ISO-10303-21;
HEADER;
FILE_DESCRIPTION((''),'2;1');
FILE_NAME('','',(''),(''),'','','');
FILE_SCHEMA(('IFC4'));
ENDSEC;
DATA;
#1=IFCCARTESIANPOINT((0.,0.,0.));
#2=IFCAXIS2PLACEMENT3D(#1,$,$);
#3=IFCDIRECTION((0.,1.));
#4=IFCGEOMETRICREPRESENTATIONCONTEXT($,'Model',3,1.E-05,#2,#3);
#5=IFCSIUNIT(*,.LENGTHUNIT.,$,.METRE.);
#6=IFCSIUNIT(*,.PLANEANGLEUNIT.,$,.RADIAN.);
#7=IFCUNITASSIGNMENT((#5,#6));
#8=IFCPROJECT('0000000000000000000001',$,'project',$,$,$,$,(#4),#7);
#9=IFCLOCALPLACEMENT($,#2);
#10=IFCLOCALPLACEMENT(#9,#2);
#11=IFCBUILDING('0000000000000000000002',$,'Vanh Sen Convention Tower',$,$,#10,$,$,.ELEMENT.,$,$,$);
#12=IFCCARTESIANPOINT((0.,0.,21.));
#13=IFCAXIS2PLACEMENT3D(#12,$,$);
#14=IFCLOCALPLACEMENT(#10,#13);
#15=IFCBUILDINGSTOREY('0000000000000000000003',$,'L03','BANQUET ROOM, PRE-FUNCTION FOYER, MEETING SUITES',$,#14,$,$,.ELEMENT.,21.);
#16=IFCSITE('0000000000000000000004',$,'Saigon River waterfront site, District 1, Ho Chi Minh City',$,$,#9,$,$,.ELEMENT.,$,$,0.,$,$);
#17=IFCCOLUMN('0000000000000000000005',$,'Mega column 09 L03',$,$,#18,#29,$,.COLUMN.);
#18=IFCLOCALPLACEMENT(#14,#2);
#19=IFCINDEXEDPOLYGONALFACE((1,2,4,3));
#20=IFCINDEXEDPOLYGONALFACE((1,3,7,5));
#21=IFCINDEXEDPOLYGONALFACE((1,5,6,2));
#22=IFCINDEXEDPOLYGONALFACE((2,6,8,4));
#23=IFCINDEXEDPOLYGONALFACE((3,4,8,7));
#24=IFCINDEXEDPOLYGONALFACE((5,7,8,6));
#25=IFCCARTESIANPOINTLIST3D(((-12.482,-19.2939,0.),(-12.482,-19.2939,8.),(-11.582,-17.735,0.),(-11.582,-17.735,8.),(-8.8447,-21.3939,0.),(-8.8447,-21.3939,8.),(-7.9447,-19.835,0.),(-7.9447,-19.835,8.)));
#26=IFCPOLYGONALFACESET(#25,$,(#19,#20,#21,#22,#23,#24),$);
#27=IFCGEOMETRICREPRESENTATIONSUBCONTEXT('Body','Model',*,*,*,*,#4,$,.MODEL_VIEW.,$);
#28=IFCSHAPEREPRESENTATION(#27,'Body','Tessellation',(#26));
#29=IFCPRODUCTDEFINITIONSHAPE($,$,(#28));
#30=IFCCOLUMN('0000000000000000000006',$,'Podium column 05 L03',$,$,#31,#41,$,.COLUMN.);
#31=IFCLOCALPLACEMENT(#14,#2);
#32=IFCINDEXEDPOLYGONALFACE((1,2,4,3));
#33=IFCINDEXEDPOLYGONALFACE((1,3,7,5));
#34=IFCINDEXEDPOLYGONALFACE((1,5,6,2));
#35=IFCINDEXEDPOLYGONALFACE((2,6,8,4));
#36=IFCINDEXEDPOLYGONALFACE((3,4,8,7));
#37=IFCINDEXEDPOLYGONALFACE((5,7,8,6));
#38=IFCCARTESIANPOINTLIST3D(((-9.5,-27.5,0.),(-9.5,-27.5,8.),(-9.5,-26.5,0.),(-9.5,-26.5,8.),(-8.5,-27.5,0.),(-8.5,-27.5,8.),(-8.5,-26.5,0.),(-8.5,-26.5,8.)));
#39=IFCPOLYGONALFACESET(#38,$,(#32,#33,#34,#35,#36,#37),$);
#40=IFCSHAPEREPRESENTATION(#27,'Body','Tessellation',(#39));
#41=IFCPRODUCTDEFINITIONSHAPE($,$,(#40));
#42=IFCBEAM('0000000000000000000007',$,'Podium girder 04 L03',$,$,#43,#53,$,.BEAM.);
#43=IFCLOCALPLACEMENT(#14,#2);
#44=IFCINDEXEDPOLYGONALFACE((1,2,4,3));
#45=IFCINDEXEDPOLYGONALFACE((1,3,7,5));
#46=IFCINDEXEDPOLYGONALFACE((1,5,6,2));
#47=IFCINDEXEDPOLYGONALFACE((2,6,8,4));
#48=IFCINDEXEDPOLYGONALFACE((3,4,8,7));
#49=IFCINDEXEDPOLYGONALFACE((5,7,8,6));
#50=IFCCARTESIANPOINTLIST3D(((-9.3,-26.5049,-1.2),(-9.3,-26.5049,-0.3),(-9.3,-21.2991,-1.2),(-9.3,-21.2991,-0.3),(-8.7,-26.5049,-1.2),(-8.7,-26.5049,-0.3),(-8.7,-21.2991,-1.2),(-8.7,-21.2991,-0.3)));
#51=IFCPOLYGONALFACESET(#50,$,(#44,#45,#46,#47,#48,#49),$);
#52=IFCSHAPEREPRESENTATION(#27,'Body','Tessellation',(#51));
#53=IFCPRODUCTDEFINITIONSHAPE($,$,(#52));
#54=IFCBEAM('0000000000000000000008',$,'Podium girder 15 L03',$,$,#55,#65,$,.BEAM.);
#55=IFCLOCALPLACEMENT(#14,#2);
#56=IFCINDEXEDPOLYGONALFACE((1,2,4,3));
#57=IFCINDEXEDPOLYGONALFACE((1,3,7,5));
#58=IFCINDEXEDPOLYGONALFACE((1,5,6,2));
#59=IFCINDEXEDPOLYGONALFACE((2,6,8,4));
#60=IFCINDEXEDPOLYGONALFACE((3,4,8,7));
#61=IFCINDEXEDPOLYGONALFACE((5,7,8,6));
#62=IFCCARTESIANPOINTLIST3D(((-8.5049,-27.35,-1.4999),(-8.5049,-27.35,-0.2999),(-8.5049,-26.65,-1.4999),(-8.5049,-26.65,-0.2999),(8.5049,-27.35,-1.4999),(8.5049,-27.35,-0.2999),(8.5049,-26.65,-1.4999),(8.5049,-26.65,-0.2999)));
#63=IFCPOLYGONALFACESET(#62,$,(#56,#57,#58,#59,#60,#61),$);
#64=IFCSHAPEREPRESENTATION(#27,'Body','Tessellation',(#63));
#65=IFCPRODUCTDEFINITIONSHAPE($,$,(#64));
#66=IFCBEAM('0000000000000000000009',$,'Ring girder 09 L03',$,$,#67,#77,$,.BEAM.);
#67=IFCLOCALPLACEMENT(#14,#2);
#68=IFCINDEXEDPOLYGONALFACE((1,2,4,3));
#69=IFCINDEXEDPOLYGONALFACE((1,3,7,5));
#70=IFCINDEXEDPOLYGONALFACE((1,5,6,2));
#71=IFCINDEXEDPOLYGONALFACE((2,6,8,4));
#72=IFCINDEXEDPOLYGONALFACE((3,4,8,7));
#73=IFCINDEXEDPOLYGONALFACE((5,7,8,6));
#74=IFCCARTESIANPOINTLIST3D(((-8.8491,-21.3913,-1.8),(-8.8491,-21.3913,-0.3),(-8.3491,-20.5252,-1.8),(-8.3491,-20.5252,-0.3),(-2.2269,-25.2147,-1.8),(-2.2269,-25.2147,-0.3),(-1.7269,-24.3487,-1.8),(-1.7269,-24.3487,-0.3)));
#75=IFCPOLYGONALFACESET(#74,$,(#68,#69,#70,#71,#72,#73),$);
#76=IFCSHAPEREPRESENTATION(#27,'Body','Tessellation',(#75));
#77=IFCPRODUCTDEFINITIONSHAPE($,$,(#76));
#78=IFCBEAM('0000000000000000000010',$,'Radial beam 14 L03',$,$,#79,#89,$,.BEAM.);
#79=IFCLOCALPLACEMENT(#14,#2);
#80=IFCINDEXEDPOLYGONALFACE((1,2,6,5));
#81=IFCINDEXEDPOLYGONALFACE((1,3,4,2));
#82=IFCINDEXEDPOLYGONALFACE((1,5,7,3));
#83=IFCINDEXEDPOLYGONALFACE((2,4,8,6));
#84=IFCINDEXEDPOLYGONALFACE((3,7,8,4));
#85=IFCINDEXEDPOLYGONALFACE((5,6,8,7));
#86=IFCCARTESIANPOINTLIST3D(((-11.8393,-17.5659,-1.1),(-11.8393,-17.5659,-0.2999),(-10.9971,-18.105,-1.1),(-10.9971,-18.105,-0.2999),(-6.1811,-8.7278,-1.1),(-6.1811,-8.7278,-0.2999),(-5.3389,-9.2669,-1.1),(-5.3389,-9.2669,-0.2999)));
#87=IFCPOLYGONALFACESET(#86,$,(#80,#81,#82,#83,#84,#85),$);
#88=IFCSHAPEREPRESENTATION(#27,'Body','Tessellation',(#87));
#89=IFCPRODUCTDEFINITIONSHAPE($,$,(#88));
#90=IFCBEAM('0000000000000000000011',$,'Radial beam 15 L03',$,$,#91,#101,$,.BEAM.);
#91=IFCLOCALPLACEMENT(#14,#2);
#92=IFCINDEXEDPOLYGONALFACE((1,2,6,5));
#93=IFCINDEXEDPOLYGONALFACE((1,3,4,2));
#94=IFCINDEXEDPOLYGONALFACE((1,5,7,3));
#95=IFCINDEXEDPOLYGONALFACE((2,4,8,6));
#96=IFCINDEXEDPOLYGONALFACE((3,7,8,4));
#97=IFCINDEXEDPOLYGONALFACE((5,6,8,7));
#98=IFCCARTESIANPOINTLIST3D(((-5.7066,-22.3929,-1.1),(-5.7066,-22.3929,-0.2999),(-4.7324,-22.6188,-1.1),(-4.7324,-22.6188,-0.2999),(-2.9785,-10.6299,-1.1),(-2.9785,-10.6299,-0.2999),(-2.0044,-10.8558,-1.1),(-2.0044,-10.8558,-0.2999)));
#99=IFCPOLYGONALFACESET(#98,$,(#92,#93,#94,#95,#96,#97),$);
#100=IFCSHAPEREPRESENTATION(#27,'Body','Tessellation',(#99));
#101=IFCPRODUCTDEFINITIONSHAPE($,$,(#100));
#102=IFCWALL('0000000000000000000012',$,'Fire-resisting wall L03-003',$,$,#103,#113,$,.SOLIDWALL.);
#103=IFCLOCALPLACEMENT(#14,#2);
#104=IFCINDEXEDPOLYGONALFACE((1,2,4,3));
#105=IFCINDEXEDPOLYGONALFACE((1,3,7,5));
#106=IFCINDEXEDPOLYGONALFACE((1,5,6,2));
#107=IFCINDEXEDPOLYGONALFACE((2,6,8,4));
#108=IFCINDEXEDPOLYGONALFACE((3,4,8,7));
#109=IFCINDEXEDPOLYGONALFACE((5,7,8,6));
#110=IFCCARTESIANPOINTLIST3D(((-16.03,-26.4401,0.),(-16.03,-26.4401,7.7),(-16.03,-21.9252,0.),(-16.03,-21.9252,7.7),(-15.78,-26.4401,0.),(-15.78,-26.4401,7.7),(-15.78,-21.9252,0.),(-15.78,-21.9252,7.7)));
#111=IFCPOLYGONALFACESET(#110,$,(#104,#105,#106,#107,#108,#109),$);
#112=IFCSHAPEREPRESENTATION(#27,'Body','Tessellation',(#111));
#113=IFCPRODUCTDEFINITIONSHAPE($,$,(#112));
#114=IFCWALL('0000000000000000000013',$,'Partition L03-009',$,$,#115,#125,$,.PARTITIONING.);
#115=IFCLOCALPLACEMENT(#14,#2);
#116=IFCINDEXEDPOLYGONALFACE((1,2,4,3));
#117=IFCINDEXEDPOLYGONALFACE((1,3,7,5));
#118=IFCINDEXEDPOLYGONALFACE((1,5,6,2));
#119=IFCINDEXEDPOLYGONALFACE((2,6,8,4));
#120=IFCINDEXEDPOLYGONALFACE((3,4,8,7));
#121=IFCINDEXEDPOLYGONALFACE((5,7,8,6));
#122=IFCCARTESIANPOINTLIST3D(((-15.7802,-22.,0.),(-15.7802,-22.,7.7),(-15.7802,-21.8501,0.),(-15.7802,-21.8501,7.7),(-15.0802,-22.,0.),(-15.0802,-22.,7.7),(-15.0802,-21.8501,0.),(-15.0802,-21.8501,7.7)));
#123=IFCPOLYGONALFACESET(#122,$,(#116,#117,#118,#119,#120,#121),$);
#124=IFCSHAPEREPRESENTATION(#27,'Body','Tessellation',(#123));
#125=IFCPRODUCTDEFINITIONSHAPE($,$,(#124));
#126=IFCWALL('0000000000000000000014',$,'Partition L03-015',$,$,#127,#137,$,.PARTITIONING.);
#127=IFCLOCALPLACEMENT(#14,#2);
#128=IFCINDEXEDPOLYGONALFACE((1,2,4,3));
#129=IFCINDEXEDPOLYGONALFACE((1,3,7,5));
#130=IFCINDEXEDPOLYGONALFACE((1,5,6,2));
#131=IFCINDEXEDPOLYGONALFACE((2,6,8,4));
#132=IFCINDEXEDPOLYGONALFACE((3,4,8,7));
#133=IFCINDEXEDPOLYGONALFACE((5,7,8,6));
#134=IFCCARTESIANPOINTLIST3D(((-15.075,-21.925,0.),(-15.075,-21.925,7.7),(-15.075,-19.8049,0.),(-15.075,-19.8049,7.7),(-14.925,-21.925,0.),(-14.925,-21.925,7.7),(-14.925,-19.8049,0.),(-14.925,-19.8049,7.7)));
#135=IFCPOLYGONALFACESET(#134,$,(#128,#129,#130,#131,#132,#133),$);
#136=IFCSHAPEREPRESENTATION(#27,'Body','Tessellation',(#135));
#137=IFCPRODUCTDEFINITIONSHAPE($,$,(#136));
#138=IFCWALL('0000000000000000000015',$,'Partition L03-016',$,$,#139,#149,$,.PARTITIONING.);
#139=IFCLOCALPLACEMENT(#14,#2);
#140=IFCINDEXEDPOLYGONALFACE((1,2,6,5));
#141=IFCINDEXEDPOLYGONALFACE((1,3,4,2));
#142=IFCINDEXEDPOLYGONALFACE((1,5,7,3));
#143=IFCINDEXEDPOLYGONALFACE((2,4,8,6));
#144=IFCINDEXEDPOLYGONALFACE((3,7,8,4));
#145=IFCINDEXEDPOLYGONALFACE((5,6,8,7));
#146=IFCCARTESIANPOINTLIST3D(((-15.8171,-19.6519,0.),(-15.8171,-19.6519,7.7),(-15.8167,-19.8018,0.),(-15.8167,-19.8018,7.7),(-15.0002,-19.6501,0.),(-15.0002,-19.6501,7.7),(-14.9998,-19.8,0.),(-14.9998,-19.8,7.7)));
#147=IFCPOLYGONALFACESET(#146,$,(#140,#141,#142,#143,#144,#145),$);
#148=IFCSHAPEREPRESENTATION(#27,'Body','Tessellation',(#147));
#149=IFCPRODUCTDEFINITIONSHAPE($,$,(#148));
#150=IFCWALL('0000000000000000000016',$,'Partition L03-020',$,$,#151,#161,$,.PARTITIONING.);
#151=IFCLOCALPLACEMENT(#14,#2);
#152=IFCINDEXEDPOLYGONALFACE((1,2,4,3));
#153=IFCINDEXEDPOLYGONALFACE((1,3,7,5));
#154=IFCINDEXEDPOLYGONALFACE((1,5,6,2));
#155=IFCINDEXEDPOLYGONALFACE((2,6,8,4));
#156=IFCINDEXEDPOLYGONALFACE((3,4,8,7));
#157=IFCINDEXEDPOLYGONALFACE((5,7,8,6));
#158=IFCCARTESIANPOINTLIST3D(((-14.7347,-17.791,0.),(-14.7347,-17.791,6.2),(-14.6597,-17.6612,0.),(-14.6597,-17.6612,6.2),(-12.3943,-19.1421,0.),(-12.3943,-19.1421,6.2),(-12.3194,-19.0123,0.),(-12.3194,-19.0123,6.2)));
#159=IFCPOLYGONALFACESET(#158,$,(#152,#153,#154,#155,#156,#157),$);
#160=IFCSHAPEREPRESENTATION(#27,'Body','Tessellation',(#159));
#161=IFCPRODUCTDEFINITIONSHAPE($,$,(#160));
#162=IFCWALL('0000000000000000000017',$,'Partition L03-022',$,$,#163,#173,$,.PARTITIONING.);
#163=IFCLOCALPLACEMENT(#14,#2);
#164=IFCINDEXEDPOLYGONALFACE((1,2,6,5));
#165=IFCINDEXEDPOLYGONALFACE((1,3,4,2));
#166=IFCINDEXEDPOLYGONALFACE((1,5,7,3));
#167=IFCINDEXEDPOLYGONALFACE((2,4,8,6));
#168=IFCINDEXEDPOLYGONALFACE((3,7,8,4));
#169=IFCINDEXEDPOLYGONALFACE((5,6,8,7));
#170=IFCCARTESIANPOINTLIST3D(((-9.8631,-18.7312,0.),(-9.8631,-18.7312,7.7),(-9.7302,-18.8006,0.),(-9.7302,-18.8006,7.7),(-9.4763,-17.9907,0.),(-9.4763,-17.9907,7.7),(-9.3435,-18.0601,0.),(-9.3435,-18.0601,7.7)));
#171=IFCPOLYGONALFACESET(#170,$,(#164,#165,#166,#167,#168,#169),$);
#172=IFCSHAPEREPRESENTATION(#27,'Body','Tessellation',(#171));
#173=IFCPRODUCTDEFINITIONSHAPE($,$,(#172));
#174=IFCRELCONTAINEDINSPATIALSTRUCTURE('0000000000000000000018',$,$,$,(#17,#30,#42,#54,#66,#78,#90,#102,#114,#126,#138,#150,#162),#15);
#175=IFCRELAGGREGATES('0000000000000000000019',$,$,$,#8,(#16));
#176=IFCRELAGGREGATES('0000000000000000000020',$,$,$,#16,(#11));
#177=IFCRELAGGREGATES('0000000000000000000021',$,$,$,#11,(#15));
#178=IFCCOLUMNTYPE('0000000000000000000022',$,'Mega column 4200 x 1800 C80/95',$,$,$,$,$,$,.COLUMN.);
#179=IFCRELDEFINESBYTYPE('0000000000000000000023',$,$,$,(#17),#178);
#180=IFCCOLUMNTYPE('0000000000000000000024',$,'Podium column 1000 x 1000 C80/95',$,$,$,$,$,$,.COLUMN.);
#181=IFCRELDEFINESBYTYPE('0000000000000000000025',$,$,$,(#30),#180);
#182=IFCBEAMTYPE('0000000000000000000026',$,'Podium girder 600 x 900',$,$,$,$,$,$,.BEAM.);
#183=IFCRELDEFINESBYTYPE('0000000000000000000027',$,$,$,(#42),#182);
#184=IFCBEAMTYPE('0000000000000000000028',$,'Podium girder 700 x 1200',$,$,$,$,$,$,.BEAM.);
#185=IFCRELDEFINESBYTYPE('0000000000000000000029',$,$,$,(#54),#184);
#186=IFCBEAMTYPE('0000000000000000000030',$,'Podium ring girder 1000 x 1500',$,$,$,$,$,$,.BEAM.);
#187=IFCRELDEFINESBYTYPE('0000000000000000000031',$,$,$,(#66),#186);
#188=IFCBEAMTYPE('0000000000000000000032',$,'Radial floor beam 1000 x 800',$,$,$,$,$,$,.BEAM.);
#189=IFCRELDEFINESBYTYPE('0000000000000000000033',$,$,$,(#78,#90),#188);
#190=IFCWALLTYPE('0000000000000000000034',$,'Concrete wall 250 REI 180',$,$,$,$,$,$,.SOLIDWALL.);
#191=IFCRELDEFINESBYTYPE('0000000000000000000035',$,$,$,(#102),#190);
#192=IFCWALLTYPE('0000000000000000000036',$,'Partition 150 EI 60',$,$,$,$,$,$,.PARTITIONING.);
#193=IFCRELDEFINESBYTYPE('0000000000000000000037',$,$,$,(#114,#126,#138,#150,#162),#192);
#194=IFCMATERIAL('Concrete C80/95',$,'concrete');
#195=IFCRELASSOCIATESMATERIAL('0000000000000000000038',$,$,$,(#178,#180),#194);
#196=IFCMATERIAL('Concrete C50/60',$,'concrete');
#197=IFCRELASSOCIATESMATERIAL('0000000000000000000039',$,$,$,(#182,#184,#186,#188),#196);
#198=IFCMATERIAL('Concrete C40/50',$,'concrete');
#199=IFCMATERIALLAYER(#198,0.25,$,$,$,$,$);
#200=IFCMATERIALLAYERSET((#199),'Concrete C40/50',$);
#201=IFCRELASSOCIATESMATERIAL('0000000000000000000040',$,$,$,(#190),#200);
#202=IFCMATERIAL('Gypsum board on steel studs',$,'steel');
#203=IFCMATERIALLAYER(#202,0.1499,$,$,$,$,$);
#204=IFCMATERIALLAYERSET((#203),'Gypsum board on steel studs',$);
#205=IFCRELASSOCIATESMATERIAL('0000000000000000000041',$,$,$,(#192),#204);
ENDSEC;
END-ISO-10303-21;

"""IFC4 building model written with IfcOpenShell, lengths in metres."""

from ifc_helpers import new_model, si_unit, direction, frame, frame_2d, origin, origin_2d, place, context, subcontext, project, spatial, rectangle, extrude, material, layer, layer_set, material_profile, profile_set, type_object, element, save


model = new_model("IFC4")

# Units and contexts
model_context = context("Model", 3, precision=1e-05, world=origin(), true_north=direction((0.0, 1.0)))
body_context = subcontext(model_context, "Body", "Model", "MODEL_VIEW")
ifc_project = project(units=[si_unit("LENGTHUNIT", "METRE"), si_unit("PLANEANGLEUNIT", "RADIAN")], contexts=[model_context])

# Site, building, storey
site_placement = place(None, origin())
site = spatial("IfcSite", under=ifc_project, at=site_placement, Name="Saigon River waterfront site, District 1, Ho Chi Minh City", CompositionType="ELEMENT", RefElevation=0.0)
building_placement = place(site_placement, origin())
building = spatial("IfcBuilding", under=site, at=building_placement, Name="Vanh Sen Convention Tower", CompositionType="ELEMENT")
storey_placement = place(building_placement, frame((0.0, 0.0, 21.0)))
storey = spatial("IfcBuildingStorey", under=building, at=storey_placement, Name="L03", Description="BANQUET ROOM, PRE-FUNCTION FOYER, MEETING SUITES", CompositionType="ELEMENT", Elevation=21.0)

# Columns
ifc_material_1 = material(Name="Concrete C80/95", Category="concrete")
ifc_material_profile_1 = material_profile(ifc_material_1, rectangle(XDim=4.2, YDim=1.8, at=origin_2d()), Name="RC 4200X1800")
ifc_profile_set_1 = profile_set([ifc_material_profile_1], Name="Concrete C80/95")
column_type_1 = type_object("IfcColumnType", Name="Mega column 4200 x 1800 C80/95", PredefinedType="COLUMN", material=ifc_profile_set_1)
column_1_placement = place(storey_placement, frame((-10.2134, -19.5645, 0.0), z_axis=(0.0, 0.0, 1.0), x_axis=(0.866028, -0.499995, 0.0)))
element("IfcColumn", 1, at=column_1_placement, inside=storey, type_object=column_type_1, Name="Mega column 09 L03", PredefinedType="COLUMN", context=body_context, shape_type="SweptSolid", body=[
    extrude(rectangle(XDim=4.2, YDim=1.8, at=origin_2d()), origin(), (0.0, 0.0, 1.0), 8.0),
])
ifc_material_profile_2 = material_profile(ifc_material_1, rectangle(XDim=1.0, YDim=1.0, at=origin_2d()), Name="RC 1000X1000")
ifc_profile_set_2 = profile_set([ifc_material_profile_2], Name="Concrete C80/95")
column_type_2 = type_object("IfcColumnType", Name="Podium column 1000 x 1000 C80/95", PredefinedType="COLUMN", material=ifc_profile_set_2)
column_2_placement = place(storey_placement, frame((-9.0, -27.0, 0.0), z_axis=(0.0, 0.0, 1.0), x_axis=(1.0, 0.0, 0.0)))
element("IfcColumn", 2, at=column_2_placement, inside=storey, type_object=column_type_2, Name="Podium column 05 L03", PredefinedType="COLUMN", context=body_context, shape_type="SweptSolid", body=[
    extrude(rectangle(XDim=1.0, YDim=1.0, at=origin_2d()), origin(), (0.0, 0.0, 1.0), 8.0),
])

# Beams
ifc_material_2 = material(Name="Concrete C50/60", Category="concrete")
ifc_material_profile_3 = material_profile(ifc_material_2, rectangle(XDim=0.6001, YDim=0.8999, at=origin_2d()), Name="RC 600X900")
ifc_profile_set_3 = profile_set([ifc_material_profile_3], Name="Concrete C50/60")
beam_type_1 = type_object("IfcBeamType", Name="Podium girder 600 x 900", PredefinedType="BEAM", material=ifc_profile_set_3)
beam_1_placement = place(storey_placement, frame((-9.0, -26.5049, -0.75), z_axis=(0.0, 1.0, 0.0), x_axis=(-1.0, 0.0, 0.0)))
element("IfcBeam", 3, at=beam_1_placement, inside=storey, type_object=beam_type_1, Name="Podium girder 04 L03", PredefinedType="BEAM", context=body_context, shape_type="SweptSolid", body=[
    extrude(rectangle(XDim=0.6001, YDim=0.8999, at=origin_2d()), origin(), (0.0, 0.0, 1.0), 5.2058),
])
ifc_material_profile_4 = material_profile(ifc_material_2, rectangle(XDim=0.7, YDim=1.2, at=origin_2d()), Name="RC 700X1200")
ifc_profile_set_4 = profile_set([ifc_material_profile_4], Name="Concrete C50/60")
beam_type_2 = type_object("IfcBeamType", Name="Podium girder 700 x 1200", PredefinedType="BEAM", material=ifc_profile_set_4)
beam_2_placement = place(storey_placement, frame((-8.5049, -27.0, -0.8999), z_axis=(1.0, 0.0, 0.0), x_axis=(0.0, 1.0, 0.0)))
element("IfcBeam", 4, at=beam_2_placement, inside=storey, type_object=beam_type_2, Name="Podium girder 15 L03", PredefinedType="BEAM", context=body_context, shape_type="SweptSolid", body=[
    extrude(rectangle(XDim=0.7, YDim=1.2, at=origin_2d()), origin(), (0.0, 0.0, 1.0), 17.0098),
])
ifc_material_profile_5 = material_profile(ifc_material_2, rectangle(XDim=1.0, YDim=1.5, at=origin_2d()), Name="RC 1000X1500")
ifc_profile_set_5 = profile_set([ifc_material_profile_5], Name="Concrete C50/60")
beam_type_3 = type_object("IfcBeamType", Name="Podium ring girder 1000 x 1500", PredefinedType="BEAM", material=ifc_profile_set_5)
beam_3_placement = place(storey_placement, frame((-8.5991, -20.9583, -1.05), z_axis=(0.86602, -0.500009, 0.0), x_axis=(0.500009, 0.86602, 0.0)))
element("IfcBeam", 5, at=beam_3_placement, inside=storey, type_object=beam_type_3, Name="Ring girder 09 L03", PredefinedType="BEAM", context=body_context, shape_type="SweptSolid", body=[
    extrude(rectangle(XDim=1.0, YDim=1.5, at=origin_2d()), origin(), (0.0, 0.0, 1.0), 7.6467),
])
ifc_material_profile_6 = material_profile(ifc_material_2, rectangle(XDim=1.0, YDim=0.8, at=origin_2d()), Name="RC 1000X800")
ifc_profile_set_6 = profile_set([ifc_material_profile_6], Name="Concrete C50/60")
beam_type_4 = type_object("IfcBeamType", Name="Radial floor beam 1000 x 800", PredefinedType="BEAM", material=ifc_profile_set_6)
beam_4_placement = place(storey_placement, frame((-11.4182, -17.8354, -0.7), z_axis=(0.539175, 0.842194, 0.0), x_axis=(-0.842194, 0.539175, 0.0)))
element("IfcBeam", 6, at=beam_4_placement, inside=storey, type_object=beam_type_4, Name="Radial beam 14 L03", PredefinedType="BEAM", context=body_context, shape_type="SweptSolid", body=[
    extrude(rectangle(XDim=1.0, YDim=0.8, at=origin_2d()), origin(), (0.0, 0.0, 1.0), 10.4941),
])
beam_5_placement = place(storey_placement, frame((-5.2195, -22.5059, -0.7), z_axis=(0.225921, 0.974146, 0.0), x_axis=(-0.974146, 0.225921, 0.0)))
element("IfcBeam", 7, at=beam_5_placement, inside=storey, type_object=beam_type_4, Name="Radial beam 15 L03", PredefinedType="BEAM", context=body_context, shape_type="SweptSolid", body=[
    extrude(rectangle(XDim=1.0, YDim=0.8, at=origin_2d()), origin(), (0.0, 0.0, 1.0), 12.0752),
])

# Walls
ifc_material_3 = material(Name="Concrete C40/50", Category="concrete")
ifc_layer_1 = layer(ifc_material_3, 0.25)
ifc_layer_set_1 = layer_set([ifc_layer_1], Name="Concrete C40/50")
wall_type_1 = type_object("IfcWallType", Name="Concrete wall 250 REI 180", PredefinedType="SOLIDWALL", material=ifc_layer_set_1)
wall_1_placement = place(storey_placement, frame((-15.905, -26.4399, 0.0), z_axis=(0.0, 0.0, 1.0), x_axis=(0.0, 1.0, 0.0)))
element("IfcWall", 8, at=wall_1_placement, inside=storey, type_object=wall_type_1, Name="Fire-resisting wall L03-003", PredefinedType="SOLIDWALL", context=body_context, shape_type="SweptSolid", body=[
    extrude(rectangle(XDim=4.5149, YDim=0.25, at=frame_2d((2.2573, 0.0))), origin(), (0.0, 0.0, 1.0), 7.7),
])
ifc_material_4 = material(Name="Gypsum board on steel studs", Category="steel")
ifc_layer_2 = layer(ifc_material_4, 0.1499)
ifc_layer_set_2 = layer_set([ifc_layer_2], Name="Gypsum board on steel studs")
wall_type_2 = type_object("IfcWallType", Name="Partition 150 EI 60", PredefinedType="PARTITIONING", material=ifc_layer_set_2)
wall_2_placement = place(storey_placement, frame((-15.0801, -21.925, 0.0), z_axis=(0.0, 0.0, 1.0), x_axis=(-1.0, 0.0, 0.0)))
element("IfcWall", 9, at=wall_2_placement, inside=storey, type_object=wall_type_2, Name="Partition L03-009", PredefinedType="PARTITIONING", context=body_context, shape_type="SweptSolid", body=[
    extrude(rectangle(XDim=0.7, YDim=0.1499, at=frame_2d((0.3501, 0.0))), origin(), (0.0, 0.0, 1.0), 7.7),
])
wall_3_placement = place(storey_placement, frame((-15.0, -19.8049, 0.0), z_axis=(0.0, 0.0, 1.0), x_axis=(0.0, -1.0, 0.0)))
element("IfcWall", 10, at=wall_3_placement, inside=storey, type_object=wall_type_2, Name="Partition L03-015", PredefinedType="PARTITIONING", context=body_context, shape_type="SweptSolid", body=[
    extrude(rectangle(XDim=2.1201, YDim=0.1499, at=frame_2d((1.0601, 0.0))), origin(), (0.0, 0.0, 1.0), 7.7),
])
wall_4_placement = place(storey_placement, frame((-15.8169, -19.7268, 0.0), z_axis=(0.0, 0.0, 1.0), x_axis=(0.999998, 0.002092, 0.0)))
element("IfcWall", 11, at=wall_4_placement, inside=storey, type_object=wall_type_2, Name="Partition L03-016", PredefinedType="PARTITIONING", context=body_context, shape_type="SweptSolid", body=[
    extrude(rectangle(XDim=0.8169, YDim=0.1499, at=frame_2d((0.4084, 0.0))), origin(), (0.0, 0.0, 1.0), 7.7),
])
wall_5_placement = place(storey_placement, frame((-12.3569, -19.0771, 0.0), z_axis=(0.0, 0.0, 1.0), x_axis=(-0.866044, 0.499967, 0.0)))
element("IfcWall", 12, at=wall_5_placement, inside=storey, type_object=wall_type_2, Name="Partition L03-020", PredefinedType="PARTITIONING", context=body_context, shape_type="SweptSolid", body=[
    extrude(rectangle(XDim=2.7024, YDim=0.1499, at=frame_2d((1.3511, 0.0))), origin(), (0.0, 0.0, 1.0), 6.2),
])
wall_6_placement = place(storey_placement, frame((-9.4099, -18.0254, 0.0), z_axis=(0.0, 0.0, 1.0), x_axis=(-0.462926, -0.886397, 0.0)))
element("IfcWall", 13, at=wall_6_placement, inside=storey, type_object=wall_type_2, Name="Partition L03-022", PredefinedType="PARTITIONING", context=body_context, shape_type="SweptSolid", body=[
    extrude(rectangle(XDim=0.8354, YDim=0.1499, at=frame_2d((0.4177, 0.0))), origin(), (0.0, 0.0, 1.0), 7.7),
])

save(model, "model.ifc")
